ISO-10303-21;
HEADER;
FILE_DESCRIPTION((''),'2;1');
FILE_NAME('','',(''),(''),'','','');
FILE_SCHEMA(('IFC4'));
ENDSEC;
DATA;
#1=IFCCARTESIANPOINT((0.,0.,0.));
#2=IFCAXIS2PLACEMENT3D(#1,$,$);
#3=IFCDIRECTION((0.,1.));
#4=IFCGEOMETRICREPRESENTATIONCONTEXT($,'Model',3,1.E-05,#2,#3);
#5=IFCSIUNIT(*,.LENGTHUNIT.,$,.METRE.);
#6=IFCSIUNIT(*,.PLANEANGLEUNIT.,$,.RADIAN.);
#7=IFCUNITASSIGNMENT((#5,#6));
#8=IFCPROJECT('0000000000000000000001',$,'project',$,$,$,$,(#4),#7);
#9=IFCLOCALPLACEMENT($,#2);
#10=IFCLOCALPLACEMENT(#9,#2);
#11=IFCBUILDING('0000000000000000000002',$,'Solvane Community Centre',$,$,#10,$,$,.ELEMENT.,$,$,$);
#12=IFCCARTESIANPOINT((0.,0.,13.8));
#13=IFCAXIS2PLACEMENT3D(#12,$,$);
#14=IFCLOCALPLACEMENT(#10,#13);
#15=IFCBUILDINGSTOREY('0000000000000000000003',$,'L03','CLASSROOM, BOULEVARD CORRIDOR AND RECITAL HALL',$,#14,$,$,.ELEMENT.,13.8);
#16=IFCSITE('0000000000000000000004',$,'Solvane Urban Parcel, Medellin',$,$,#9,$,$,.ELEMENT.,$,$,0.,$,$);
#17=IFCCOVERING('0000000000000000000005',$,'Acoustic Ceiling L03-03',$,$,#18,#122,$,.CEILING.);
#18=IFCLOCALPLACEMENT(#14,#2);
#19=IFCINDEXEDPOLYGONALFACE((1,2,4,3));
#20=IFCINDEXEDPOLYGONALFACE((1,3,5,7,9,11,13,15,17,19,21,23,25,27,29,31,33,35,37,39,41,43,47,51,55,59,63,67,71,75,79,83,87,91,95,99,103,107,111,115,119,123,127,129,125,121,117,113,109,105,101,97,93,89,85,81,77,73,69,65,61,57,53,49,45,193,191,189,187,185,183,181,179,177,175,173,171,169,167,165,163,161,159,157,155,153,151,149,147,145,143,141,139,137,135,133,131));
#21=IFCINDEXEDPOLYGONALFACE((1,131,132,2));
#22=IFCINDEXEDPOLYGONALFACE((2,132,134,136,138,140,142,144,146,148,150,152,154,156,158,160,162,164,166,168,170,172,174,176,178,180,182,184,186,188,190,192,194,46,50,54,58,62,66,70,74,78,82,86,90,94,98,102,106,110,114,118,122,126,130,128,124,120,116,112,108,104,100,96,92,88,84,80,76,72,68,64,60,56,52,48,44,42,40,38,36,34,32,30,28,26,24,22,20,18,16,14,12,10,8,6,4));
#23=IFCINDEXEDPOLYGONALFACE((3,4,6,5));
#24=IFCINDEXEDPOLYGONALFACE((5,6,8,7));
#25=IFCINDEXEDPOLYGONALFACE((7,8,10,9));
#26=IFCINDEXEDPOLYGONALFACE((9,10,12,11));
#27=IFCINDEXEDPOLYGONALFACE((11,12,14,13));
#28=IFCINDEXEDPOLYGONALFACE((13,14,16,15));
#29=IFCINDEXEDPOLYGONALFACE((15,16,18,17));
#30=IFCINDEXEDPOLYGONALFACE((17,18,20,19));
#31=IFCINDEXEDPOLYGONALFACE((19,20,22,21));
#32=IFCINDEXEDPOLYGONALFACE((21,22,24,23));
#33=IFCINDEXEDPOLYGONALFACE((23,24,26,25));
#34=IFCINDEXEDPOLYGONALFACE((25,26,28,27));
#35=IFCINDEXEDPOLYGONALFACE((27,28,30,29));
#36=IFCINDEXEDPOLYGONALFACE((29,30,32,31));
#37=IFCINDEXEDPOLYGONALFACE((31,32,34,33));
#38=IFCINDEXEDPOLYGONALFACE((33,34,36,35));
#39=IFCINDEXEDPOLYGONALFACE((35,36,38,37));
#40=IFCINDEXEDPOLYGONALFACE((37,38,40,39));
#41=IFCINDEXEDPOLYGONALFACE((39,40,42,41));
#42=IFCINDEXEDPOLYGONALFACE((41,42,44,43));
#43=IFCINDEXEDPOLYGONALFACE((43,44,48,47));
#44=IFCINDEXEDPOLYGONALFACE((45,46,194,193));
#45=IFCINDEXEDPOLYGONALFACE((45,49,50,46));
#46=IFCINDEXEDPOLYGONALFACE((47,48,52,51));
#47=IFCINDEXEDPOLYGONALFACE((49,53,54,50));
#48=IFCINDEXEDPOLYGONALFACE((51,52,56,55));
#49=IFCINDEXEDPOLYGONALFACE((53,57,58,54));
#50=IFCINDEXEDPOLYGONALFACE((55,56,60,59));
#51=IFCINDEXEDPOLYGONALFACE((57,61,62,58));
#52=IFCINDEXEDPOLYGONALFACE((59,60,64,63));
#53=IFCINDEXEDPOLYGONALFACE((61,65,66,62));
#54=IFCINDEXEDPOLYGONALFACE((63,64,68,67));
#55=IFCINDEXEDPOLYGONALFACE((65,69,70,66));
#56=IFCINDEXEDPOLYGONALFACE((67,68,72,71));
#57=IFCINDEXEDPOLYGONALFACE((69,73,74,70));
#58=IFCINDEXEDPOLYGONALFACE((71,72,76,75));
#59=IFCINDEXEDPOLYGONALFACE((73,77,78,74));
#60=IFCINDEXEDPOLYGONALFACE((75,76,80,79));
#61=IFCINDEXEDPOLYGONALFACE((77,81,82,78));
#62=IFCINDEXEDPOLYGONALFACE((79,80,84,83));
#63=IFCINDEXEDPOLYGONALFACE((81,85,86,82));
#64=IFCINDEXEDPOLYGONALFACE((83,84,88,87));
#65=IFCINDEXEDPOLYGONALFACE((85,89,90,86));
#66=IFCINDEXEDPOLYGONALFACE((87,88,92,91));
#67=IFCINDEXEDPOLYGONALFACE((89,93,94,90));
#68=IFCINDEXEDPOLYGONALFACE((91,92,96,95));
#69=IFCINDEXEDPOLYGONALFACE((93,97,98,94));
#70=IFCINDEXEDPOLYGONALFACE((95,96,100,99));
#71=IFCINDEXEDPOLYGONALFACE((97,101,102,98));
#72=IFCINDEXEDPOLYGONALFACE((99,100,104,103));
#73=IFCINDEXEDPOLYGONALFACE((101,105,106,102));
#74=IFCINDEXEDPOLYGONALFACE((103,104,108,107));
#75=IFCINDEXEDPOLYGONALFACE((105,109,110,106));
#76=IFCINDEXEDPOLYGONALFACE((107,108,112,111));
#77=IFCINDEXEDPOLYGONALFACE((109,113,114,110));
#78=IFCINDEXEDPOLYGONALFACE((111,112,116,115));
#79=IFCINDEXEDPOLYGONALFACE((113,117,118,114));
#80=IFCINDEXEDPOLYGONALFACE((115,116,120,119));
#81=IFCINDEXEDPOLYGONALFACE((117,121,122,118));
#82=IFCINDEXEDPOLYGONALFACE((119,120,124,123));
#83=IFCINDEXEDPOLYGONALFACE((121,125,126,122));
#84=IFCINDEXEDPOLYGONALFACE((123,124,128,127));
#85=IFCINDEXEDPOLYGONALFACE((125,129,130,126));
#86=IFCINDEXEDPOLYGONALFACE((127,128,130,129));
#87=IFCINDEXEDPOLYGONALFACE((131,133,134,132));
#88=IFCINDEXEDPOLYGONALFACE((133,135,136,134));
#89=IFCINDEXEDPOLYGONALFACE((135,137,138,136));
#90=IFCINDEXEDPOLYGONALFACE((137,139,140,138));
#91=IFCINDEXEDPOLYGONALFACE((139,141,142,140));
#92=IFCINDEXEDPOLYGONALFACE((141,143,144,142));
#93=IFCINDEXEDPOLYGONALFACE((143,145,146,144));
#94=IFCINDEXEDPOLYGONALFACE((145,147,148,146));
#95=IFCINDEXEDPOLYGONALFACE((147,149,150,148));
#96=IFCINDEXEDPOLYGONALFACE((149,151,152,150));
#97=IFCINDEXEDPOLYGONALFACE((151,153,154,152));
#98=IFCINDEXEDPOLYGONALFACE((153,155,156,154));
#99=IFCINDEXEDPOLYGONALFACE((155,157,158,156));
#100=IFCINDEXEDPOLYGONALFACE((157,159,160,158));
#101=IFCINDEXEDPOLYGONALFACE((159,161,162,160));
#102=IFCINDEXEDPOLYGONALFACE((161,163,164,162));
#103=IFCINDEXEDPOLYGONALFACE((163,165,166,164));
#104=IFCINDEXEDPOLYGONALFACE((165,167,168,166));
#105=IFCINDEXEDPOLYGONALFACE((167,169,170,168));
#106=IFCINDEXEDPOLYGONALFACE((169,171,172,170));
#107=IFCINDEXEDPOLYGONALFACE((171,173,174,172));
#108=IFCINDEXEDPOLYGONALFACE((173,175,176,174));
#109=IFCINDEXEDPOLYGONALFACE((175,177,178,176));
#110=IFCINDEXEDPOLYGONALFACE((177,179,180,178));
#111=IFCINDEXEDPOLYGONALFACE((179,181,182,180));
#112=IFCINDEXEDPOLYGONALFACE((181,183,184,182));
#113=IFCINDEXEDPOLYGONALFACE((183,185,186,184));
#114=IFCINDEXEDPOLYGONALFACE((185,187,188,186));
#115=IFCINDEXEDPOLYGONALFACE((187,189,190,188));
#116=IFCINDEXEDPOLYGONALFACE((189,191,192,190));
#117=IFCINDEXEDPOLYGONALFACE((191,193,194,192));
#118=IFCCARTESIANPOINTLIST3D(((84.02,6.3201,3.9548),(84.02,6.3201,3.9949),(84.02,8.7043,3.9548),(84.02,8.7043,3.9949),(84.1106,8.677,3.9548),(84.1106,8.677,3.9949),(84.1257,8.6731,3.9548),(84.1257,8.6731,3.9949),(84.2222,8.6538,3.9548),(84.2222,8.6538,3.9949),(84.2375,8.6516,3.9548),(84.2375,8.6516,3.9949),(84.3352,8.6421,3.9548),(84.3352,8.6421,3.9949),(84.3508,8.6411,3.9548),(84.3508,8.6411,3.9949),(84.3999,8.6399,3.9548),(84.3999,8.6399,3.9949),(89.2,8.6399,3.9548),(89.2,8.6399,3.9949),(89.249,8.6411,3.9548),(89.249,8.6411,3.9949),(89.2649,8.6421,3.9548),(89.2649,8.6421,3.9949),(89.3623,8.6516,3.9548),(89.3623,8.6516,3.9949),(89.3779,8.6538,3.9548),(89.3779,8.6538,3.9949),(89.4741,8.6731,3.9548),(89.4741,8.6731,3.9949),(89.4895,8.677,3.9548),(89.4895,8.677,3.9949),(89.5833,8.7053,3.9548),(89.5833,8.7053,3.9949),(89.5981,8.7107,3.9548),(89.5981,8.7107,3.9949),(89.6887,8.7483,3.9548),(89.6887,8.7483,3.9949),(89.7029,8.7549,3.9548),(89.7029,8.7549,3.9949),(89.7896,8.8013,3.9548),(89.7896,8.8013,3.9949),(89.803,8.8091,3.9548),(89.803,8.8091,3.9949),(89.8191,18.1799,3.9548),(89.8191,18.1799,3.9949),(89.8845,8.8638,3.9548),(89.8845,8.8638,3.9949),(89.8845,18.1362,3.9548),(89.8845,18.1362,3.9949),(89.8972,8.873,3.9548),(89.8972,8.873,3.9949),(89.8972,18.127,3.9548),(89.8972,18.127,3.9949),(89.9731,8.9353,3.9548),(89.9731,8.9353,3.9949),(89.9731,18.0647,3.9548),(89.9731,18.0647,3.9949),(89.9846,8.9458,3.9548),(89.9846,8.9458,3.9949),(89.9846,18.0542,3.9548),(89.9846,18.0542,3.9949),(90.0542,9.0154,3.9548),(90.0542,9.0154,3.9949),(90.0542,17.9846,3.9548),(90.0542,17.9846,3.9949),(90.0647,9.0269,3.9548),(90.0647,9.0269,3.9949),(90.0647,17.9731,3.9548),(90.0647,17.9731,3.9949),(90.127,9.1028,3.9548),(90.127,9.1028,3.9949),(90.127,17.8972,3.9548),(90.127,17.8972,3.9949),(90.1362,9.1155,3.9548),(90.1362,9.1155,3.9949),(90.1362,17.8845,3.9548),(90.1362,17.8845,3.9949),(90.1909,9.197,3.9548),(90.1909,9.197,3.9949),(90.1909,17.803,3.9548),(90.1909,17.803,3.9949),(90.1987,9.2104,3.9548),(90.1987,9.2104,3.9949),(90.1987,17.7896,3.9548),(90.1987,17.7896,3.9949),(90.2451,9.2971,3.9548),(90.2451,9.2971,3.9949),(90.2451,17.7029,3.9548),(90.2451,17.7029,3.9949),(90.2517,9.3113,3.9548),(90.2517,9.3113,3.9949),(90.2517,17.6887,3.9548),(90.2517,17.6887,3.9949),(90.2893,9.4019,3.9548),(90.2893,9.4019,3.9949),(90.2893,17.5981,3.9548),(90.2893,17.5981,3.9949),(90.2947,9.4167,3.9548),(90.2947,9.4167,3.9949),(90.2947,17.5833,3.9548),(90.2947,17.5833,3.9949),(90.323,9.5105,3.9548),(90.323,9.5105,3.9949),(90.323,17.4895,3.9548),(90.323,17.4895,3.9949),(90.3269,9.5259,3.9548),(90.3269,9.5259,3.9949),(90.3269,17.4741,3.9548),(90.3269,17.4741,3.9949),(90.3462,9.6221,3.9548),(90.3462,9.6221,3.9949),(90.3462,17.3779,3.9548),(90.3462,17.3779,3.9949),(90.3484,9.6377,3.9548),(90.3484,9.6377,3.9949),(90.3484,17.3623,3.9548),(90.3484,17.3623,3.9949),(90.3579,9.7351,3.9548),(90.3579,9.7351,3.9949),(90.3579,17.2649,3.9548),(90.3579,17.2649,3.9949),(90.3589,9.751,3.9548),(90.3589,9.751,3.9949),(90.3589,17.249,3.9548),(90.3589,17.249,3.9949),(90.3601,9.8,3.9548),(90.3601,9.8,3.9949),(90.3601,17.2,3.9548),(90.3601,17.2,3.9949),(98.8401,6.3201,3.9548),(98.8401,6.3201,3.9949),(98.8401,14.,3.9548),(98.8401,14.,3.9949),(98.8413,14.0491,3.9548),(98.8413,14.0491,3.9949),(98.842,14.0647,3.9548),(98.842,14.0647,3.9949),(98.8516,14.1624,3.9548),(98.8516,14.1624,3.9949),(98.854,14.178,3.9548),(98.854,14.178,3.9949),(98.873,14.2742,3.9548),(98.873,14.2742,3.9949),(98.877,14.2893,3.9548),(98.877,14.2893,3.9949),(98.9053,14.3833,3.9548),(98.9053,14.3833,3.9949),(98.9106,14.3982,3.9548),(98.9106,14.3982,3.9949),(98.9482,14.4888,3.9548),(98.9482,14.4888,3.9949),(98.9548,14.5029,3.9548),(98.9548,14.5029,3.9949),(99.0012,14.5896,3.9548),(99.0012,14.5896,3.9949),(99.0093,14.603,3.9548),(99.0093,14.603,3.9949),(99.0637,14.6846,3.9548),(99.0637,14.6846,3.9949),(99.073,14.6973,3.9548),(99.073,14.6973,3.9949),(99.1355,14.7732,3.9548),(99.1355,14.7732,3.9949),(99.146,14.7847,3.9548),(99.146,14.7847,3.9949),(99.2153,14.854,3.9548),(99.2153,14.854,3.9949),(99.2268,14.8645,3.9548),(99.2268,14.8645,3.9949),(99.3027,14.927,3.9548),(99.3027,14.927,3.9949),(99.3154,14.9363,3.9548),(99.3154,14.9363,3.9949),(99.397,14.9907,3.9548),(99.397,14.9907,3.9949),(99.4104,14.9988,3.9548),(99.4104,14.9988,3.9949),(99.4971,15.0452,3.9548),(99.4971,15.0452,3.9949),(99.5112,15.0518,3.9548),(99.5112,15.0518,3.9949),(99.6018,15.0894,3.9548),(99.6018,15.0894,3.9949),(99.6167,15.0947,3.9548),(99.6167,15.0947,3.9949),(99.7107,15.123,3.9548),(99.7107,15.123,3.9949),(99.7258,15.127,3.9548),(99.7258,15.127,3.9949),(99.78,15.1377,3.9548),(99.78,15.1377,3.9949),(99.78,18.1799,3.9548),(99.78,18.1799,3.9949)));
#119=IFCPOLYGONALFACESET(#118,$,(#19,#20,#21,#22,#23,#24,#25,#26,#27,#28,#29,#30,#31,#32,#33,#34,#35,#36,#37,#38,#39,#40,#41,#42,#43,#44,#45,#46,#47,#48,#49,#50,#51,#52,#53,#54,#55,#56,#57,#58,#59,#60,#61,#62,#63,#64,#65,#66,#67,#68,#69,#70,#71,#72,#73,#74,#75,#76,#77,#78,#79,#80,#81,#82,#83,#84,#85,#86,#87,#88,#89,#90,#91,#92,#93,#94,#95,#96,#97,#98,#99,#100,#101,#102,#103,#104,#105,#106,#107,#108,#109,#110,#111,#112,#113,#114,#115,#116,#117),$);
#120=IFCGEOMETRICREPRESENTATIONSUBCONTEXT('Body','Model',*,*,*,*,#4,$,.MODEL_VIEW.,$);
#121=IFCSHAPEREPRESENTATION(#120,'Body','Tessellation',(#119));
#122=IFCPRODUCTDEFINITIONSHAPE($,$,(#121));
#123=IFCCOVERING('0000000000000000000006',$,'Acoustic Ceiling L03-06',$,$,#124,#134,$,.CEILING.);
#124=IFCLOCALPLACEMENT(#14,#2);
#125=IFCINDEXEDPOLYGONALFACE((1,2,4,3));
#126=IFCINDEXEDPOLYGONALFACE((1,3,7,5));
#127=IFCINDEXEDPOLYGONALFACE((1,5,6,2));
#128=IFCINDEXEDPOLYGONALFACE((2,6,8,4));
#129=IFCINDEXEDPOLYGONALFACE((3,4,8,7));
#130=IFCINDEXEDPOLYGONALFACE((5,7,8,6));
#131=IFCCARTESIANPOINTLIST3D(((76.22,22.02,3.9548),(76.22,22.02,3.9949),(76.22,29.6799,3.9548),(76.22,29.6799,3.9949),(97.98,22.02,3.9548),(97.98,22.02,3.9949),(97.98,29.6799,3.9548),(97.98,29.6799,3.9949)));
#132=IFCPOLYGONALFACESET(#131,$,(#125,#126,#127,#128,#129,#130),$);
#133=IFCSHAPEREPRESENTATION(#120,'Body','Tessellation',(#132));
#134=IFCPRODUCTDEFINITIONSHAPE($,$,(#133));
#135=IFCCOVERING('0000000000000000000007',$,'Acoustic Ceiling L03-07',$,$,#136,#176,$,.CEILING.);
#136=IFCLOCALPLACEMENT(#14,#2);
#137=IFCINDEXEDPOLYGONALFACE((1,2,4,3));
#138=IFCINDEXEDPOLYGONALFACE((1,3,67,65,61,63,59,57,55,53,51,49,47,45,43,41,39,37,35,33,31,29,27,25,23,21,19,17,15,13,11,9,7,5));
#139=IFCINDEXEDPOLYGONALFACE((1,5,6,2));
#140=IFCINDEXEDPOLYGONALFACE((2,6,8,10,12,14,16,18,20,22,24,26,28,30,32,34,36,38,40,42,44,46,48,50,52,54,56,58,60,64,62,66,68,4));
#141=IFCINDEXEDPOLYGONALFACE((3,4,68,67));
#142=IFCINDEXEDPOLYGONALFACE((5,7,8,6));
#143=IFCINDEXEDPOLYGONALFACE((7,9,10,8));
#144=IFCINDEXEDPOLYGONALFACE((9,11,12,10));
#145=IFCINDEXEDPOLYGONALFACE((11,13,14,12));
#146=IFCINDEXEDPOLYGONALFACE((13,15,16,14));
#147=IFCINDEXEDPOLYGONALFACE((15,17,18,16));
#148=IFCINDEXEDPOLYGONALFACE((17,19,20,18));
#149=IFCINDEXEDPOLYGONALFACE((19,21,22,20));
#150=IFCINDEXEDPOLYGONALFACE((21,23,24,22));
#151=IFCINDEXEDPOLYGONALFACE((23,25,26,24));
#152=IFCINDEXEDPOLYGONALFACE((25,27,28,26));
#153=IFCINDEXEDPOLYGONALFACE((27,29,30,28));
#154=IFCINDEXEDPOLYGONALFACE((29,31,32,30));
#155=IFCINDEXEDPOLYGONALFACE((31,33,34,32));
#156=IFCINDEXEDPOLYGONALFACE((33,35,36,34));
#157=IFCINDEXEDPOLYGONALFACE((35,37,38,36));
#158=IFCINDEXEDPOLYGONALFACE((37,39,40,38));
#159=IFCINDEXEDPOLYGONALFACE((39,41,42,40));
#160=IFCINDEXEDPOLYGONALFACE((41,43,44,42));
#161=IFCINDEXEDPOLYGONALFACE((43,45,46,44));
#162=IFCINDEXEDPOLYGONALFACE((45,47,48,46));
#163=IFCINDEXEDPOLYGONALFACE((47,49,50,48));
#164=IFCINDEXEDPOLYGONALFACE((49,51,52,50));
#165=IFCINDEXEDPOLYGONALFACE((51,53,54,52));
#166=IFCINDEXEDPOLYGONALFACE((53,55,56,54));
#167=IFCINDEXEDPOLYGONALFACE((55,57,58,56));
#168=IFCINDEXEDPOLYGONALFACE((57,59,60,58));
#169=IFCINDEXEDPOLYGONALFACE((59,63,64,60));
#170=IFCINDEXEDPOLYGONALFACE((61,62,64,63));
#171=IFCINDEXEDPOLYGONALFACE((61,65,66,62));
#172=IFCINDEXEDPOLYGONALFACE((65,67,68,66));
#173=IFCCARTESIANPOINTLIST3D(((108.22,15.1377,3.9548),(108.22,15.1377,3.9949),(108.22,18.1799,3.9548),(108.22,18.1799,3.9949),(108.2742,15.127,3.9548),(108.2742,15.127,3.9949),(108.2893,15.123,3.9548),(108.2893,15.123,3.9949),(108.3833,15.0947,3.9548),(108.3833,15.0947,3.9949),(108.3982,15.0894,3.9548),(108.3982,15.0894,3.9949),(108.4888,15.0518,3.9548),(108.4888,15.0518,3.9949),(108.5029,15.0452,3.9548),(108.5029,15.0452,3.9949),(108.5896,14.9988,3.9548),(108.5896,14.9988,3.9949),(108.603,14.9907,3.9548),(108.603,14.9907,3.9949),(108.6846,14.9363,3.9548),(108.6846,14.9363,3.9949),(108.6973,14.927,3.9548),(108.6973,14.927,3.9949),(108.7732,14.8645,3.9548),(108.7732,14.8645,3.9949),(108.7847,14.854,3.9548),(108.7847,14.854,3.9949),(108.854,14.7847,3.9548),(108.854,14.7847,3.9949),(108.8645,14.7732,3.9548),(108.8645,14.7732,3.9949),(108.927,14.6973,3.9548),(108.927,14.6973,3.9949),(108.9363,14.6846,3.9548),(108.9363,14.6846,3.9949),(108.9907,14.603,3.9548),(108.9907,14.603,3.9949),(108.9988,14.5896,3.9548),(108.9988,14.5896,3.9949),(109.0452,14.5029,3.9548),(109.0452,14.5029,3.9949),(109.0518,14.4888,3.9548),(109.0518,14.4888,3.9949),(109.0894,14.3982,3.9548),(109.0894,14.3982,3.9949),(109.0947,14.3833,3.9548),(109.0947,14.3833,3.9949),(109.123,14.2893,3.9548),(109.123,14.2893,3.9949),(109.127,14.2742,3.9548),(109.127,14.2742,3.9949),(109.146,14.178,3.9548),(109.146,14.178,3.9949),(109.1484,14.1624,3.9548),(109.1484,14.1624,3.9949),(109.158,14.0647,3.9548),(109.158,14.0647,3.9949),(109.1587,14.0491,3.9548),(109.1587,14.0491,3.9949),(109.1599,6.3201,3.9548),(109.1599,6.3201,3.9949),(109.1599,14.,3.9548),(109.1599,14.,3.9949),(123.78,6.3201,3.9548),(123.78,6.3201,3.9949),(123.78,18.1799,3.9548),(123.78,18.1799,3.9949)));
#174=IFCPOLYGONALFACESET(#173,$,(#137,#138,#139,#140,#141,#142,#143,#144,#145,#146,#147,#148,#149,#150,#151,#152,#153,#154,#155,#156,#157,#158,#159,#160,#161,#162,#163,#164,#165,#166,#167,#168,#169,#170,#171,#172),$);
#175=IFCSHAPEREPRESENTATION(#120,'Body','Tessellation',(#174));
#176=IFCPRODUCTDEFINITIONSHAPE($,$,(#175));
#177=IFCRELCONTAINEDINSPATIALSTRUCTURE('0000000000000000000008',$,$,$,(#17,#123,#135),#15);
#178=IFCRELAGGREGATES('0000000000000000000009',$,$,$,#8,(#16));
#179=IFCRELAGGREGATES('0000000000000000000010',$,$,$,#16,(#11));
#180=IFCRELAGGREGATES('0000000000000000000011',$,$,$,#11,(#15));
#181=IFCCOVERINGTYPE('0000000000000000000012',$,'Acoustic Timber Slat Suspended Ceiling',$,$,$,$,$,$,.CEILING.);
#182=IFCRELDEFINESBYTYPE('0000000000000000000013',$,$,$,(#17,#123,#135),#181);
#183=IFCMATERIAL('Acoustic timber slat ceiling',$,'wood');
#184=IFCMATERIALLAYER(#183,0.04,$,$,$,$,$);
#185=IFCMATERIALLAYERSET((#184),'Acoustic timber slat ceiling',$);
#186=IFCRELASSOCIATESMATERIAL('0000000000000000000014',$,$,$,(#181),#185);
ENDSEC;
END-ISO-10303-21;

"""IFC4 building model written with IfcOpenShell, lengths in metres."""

from ifc_helpers import new_model, si_unit, direction, frame, origin, place, context, subcontext, project, spatial, polyline, outline, extrude, material, layer, layer_set, type_object, element, save


model = new_model("IFC4")

# Units and contexts
model_context = context("Model", 3, precision=1e-05, world=origin(), true_north=direction((0.0, 1.0)))
body_context = subcontext(model_context, "Body", "Model", "MODEL_VIEW")
ifc_project = project(units=[si_unit("LENGTHUNIT", "METRE"), si_unit("PLANEANGLEUNIT", "RADIAN")], contexts=[model_context])

# Site, building, storey
site_placement = place(None, origin())
site = spatial("IfcSite", under=ifc_project, at=site_placement, Name="Solvane Urban Parcel, Medellin", CompositionType="ELEMENT", RefElevation=0.0)
building_placement = place(site_placement, origin())
building = spatial("IfcBuilding", under=site, at=building_placement, Name="Solvane Community Centre", CompositionType="ELEMENT")
storey_placement = place(building_placement, frame((0.0, 0.0, 13.8)))
storey = spatial("IfcBuildingStorey", under=building, at=storey_placement, Name="L03", Description="CLASSROOM, BOULEVARD CORRIDOR AND RECITAL HALL", CompositionType="ELEMENT", Elevation=13.8)

# Coverings
ifc_material_1 = material(Name="Acoustic timber slat ceiling", Category="wood")
ifc_layer_1 = layer(ifc_material_1, 0.04)
ifc_layer_set_1 = layer_set([ifc_layer_1], Name="Acoustic timber slat ceiling")
covering_type = type_object("IfcCoveringType", Name="Acoustic Timber Slat Suspended Ceiling", PredefinedType="CEILING", material=ifc_layer_set_1)
covering_1_placement = place(storey_placement, frame((0.0, 0.0, 3.9548)))
element("IfcCovering", 1, at=covering_1_placement, inside=storey, type_object=covering_type, Name="Acoustic Ceiling L03-03", PredefinedType="CEILING", context=body_context, shape_type="SweptSolid", body=[
    extrude(outline(polyline([(99.78, 18.1799), (99.78, 15.1377), (99.7258, 15.127), (99.7107, 15.123), (99.6167, 15.0947), (99.6018, 15.0894), (99.5112, 15.0518), (99.4971, 15.0452), (99.4104, 14.9988), (99.397, 14.9907), (99.3154, 14.9363), (99.3027, 14.927), (99.2268, 14.8645), (99.2153, 14.854), (99.146, 14.7847), (99.1355, 14.7732), (99.073, 14.6973), (99.0637, 14.6846), (99.0093, 14.603), (99.0012, 14.5896), (98.9548, 14.5029), (98.9482, 14.4888), (98.9106, 14.3982), (98.9053, 14.3833), (98.877, 14.2893), (98.873, 14.2742), (98.854, 14.178), (98.8516, 14.1624), (98.842, 14.0647), (98.8413, 14.0491), (98.8401, 14.0), (98.8401, 6.3201), (84.02, 6.3201), (84.02, 8.7043), (84.1106, 8.677), (84.1257, 8.6731), (84.2222, 8.6538), (84.2375, 8.6516), (84.3352, 8.6421), (84.3508, 8.6411), (84.3999, 8.6399), (89.2, 8.6399), (89.249, 8.6411), (89.2649, 8.6421), (89.3623, 8.6516), (89.3779, 8.6538), (89.4741, 8.6731), (89.4895, 8.677), (89.5833, 8.7053), (89.5981, 8.7107), (89.6887, 8.7483), (89.7029, 8.7549), (89.7896, 8.8013), (89.803, 8.8091), (89.8845, 8.8638), (89.8972, 8.873), (89.9731, 8.9353), (89.9846, 8.9458), (90.0542, 9.0154), (90.0647, 9.0269), (90.127, 9.1028), (90.1362, 9.1155), (90.1909, 9.197), (90.1987, 9.2104), (90.2451, 9.2971), (90.2517, 9.3113), (90.2893, 9.4019), (90.2947, 9.4167), (90.323, 9.5105), (90.3269, 9.5259), (90.3462, 9.6221), (90.3484, 9.6377), (90.3579, 9.7351), (90.3589, 9.751), (90.3601, 9.8), (90.3601, 17.2), (90.3589, 17.249), (90.3579, 17.2649), (90.3484, 17.3623), (90.3462, 17.3779), (90.3269, 17.4741), (90.323, 17.4895), (90.2947, 17.5833), (90.2893, 17.5981), (90.2517, 17.6887), (90.2451, 17.7029), (90.1987, 17.7896), (90.1909, 17.803), (90.1362, 17.8845), (90.127, 17.8972), (90.0647, 17.9731), (90.0542, 17.9846), (89.9846, 18.0542), (89.9731, 18.0647), (89.8972, 18.127), (89.8845, 18.1362), (89.8191, 18.1799), (99.78, 18.1799)])), origin(), (0.0, 0.0, 1.0), 0.04),
])
covering_2_placement = place(storey_placement, frame((0.0, 0.0, 3.9548)))
element("IfcCovering", 2, at=covering_2_placement, inside=storey, type_object=covering_type, Name="Acoustic Ceiling L03-06", PredefinedType="CEILING", context=body_context, shape_type="SweptSolid", body=[
    extrude(outline(polyline([(76.22, 22.02), (76.22, 29.6799), (97.98, 29.6799), (97.98, 22.02), (76.22, 22.02)])), origin(), (0.0, 0.0, 1.0), 0.04),
])
covering_3_placement = place(storey_placement, frame((0.0, 0.0, 3.9548)))
element("IfcCovering", 3, at=covering_3_placement, inside=storey, type_object=covering_type, Name="Acoustic Ceiling L03-07", PredefinedType="CEILING", context=body_context, shape_type="SweptSolid", body=[
    extrude(outline(polyline([(108.22, 18.1799), (123.78, 18.1799), (123.78, 6.3201), (109.1599, 6.3201), (109.1599, 14.0), (109.1587, 14.0491), (109.158, 14.0647), (109.1484, 14.1624), (109.146, 14.178), (109.127, 14.2742), (109.123, 14.2893), (109.0947, 14.3833), (109.0894, 14.3982), (109.0518, 14.4888), (109.0452, 14.5029), (108.9988, 14.5896), (108.9907, 14.603), (108.9363, 14.6846), (108.927, 14.6973), (108.8645, 14.7732), (108.854, 14.7847), (108.7847, 14.854), (108.7732, 14.8645), (108.6973, 14.927), (108.6846, 14.9363), (108.603, 14.9907), (108.5896, 14.9988), (108.5029, 15.0452), (108.4888, 15.0518), (108.3982, 15.0894), (108.3833, 15.0947), (108.2893, 15.123), (108.2742, 15.127), (108.22, 15.1377), (108.22, 18.1799)])), origin(), (0.0, 0.0, 1.0), 0.04),
])

save(model, "model.ifc")
